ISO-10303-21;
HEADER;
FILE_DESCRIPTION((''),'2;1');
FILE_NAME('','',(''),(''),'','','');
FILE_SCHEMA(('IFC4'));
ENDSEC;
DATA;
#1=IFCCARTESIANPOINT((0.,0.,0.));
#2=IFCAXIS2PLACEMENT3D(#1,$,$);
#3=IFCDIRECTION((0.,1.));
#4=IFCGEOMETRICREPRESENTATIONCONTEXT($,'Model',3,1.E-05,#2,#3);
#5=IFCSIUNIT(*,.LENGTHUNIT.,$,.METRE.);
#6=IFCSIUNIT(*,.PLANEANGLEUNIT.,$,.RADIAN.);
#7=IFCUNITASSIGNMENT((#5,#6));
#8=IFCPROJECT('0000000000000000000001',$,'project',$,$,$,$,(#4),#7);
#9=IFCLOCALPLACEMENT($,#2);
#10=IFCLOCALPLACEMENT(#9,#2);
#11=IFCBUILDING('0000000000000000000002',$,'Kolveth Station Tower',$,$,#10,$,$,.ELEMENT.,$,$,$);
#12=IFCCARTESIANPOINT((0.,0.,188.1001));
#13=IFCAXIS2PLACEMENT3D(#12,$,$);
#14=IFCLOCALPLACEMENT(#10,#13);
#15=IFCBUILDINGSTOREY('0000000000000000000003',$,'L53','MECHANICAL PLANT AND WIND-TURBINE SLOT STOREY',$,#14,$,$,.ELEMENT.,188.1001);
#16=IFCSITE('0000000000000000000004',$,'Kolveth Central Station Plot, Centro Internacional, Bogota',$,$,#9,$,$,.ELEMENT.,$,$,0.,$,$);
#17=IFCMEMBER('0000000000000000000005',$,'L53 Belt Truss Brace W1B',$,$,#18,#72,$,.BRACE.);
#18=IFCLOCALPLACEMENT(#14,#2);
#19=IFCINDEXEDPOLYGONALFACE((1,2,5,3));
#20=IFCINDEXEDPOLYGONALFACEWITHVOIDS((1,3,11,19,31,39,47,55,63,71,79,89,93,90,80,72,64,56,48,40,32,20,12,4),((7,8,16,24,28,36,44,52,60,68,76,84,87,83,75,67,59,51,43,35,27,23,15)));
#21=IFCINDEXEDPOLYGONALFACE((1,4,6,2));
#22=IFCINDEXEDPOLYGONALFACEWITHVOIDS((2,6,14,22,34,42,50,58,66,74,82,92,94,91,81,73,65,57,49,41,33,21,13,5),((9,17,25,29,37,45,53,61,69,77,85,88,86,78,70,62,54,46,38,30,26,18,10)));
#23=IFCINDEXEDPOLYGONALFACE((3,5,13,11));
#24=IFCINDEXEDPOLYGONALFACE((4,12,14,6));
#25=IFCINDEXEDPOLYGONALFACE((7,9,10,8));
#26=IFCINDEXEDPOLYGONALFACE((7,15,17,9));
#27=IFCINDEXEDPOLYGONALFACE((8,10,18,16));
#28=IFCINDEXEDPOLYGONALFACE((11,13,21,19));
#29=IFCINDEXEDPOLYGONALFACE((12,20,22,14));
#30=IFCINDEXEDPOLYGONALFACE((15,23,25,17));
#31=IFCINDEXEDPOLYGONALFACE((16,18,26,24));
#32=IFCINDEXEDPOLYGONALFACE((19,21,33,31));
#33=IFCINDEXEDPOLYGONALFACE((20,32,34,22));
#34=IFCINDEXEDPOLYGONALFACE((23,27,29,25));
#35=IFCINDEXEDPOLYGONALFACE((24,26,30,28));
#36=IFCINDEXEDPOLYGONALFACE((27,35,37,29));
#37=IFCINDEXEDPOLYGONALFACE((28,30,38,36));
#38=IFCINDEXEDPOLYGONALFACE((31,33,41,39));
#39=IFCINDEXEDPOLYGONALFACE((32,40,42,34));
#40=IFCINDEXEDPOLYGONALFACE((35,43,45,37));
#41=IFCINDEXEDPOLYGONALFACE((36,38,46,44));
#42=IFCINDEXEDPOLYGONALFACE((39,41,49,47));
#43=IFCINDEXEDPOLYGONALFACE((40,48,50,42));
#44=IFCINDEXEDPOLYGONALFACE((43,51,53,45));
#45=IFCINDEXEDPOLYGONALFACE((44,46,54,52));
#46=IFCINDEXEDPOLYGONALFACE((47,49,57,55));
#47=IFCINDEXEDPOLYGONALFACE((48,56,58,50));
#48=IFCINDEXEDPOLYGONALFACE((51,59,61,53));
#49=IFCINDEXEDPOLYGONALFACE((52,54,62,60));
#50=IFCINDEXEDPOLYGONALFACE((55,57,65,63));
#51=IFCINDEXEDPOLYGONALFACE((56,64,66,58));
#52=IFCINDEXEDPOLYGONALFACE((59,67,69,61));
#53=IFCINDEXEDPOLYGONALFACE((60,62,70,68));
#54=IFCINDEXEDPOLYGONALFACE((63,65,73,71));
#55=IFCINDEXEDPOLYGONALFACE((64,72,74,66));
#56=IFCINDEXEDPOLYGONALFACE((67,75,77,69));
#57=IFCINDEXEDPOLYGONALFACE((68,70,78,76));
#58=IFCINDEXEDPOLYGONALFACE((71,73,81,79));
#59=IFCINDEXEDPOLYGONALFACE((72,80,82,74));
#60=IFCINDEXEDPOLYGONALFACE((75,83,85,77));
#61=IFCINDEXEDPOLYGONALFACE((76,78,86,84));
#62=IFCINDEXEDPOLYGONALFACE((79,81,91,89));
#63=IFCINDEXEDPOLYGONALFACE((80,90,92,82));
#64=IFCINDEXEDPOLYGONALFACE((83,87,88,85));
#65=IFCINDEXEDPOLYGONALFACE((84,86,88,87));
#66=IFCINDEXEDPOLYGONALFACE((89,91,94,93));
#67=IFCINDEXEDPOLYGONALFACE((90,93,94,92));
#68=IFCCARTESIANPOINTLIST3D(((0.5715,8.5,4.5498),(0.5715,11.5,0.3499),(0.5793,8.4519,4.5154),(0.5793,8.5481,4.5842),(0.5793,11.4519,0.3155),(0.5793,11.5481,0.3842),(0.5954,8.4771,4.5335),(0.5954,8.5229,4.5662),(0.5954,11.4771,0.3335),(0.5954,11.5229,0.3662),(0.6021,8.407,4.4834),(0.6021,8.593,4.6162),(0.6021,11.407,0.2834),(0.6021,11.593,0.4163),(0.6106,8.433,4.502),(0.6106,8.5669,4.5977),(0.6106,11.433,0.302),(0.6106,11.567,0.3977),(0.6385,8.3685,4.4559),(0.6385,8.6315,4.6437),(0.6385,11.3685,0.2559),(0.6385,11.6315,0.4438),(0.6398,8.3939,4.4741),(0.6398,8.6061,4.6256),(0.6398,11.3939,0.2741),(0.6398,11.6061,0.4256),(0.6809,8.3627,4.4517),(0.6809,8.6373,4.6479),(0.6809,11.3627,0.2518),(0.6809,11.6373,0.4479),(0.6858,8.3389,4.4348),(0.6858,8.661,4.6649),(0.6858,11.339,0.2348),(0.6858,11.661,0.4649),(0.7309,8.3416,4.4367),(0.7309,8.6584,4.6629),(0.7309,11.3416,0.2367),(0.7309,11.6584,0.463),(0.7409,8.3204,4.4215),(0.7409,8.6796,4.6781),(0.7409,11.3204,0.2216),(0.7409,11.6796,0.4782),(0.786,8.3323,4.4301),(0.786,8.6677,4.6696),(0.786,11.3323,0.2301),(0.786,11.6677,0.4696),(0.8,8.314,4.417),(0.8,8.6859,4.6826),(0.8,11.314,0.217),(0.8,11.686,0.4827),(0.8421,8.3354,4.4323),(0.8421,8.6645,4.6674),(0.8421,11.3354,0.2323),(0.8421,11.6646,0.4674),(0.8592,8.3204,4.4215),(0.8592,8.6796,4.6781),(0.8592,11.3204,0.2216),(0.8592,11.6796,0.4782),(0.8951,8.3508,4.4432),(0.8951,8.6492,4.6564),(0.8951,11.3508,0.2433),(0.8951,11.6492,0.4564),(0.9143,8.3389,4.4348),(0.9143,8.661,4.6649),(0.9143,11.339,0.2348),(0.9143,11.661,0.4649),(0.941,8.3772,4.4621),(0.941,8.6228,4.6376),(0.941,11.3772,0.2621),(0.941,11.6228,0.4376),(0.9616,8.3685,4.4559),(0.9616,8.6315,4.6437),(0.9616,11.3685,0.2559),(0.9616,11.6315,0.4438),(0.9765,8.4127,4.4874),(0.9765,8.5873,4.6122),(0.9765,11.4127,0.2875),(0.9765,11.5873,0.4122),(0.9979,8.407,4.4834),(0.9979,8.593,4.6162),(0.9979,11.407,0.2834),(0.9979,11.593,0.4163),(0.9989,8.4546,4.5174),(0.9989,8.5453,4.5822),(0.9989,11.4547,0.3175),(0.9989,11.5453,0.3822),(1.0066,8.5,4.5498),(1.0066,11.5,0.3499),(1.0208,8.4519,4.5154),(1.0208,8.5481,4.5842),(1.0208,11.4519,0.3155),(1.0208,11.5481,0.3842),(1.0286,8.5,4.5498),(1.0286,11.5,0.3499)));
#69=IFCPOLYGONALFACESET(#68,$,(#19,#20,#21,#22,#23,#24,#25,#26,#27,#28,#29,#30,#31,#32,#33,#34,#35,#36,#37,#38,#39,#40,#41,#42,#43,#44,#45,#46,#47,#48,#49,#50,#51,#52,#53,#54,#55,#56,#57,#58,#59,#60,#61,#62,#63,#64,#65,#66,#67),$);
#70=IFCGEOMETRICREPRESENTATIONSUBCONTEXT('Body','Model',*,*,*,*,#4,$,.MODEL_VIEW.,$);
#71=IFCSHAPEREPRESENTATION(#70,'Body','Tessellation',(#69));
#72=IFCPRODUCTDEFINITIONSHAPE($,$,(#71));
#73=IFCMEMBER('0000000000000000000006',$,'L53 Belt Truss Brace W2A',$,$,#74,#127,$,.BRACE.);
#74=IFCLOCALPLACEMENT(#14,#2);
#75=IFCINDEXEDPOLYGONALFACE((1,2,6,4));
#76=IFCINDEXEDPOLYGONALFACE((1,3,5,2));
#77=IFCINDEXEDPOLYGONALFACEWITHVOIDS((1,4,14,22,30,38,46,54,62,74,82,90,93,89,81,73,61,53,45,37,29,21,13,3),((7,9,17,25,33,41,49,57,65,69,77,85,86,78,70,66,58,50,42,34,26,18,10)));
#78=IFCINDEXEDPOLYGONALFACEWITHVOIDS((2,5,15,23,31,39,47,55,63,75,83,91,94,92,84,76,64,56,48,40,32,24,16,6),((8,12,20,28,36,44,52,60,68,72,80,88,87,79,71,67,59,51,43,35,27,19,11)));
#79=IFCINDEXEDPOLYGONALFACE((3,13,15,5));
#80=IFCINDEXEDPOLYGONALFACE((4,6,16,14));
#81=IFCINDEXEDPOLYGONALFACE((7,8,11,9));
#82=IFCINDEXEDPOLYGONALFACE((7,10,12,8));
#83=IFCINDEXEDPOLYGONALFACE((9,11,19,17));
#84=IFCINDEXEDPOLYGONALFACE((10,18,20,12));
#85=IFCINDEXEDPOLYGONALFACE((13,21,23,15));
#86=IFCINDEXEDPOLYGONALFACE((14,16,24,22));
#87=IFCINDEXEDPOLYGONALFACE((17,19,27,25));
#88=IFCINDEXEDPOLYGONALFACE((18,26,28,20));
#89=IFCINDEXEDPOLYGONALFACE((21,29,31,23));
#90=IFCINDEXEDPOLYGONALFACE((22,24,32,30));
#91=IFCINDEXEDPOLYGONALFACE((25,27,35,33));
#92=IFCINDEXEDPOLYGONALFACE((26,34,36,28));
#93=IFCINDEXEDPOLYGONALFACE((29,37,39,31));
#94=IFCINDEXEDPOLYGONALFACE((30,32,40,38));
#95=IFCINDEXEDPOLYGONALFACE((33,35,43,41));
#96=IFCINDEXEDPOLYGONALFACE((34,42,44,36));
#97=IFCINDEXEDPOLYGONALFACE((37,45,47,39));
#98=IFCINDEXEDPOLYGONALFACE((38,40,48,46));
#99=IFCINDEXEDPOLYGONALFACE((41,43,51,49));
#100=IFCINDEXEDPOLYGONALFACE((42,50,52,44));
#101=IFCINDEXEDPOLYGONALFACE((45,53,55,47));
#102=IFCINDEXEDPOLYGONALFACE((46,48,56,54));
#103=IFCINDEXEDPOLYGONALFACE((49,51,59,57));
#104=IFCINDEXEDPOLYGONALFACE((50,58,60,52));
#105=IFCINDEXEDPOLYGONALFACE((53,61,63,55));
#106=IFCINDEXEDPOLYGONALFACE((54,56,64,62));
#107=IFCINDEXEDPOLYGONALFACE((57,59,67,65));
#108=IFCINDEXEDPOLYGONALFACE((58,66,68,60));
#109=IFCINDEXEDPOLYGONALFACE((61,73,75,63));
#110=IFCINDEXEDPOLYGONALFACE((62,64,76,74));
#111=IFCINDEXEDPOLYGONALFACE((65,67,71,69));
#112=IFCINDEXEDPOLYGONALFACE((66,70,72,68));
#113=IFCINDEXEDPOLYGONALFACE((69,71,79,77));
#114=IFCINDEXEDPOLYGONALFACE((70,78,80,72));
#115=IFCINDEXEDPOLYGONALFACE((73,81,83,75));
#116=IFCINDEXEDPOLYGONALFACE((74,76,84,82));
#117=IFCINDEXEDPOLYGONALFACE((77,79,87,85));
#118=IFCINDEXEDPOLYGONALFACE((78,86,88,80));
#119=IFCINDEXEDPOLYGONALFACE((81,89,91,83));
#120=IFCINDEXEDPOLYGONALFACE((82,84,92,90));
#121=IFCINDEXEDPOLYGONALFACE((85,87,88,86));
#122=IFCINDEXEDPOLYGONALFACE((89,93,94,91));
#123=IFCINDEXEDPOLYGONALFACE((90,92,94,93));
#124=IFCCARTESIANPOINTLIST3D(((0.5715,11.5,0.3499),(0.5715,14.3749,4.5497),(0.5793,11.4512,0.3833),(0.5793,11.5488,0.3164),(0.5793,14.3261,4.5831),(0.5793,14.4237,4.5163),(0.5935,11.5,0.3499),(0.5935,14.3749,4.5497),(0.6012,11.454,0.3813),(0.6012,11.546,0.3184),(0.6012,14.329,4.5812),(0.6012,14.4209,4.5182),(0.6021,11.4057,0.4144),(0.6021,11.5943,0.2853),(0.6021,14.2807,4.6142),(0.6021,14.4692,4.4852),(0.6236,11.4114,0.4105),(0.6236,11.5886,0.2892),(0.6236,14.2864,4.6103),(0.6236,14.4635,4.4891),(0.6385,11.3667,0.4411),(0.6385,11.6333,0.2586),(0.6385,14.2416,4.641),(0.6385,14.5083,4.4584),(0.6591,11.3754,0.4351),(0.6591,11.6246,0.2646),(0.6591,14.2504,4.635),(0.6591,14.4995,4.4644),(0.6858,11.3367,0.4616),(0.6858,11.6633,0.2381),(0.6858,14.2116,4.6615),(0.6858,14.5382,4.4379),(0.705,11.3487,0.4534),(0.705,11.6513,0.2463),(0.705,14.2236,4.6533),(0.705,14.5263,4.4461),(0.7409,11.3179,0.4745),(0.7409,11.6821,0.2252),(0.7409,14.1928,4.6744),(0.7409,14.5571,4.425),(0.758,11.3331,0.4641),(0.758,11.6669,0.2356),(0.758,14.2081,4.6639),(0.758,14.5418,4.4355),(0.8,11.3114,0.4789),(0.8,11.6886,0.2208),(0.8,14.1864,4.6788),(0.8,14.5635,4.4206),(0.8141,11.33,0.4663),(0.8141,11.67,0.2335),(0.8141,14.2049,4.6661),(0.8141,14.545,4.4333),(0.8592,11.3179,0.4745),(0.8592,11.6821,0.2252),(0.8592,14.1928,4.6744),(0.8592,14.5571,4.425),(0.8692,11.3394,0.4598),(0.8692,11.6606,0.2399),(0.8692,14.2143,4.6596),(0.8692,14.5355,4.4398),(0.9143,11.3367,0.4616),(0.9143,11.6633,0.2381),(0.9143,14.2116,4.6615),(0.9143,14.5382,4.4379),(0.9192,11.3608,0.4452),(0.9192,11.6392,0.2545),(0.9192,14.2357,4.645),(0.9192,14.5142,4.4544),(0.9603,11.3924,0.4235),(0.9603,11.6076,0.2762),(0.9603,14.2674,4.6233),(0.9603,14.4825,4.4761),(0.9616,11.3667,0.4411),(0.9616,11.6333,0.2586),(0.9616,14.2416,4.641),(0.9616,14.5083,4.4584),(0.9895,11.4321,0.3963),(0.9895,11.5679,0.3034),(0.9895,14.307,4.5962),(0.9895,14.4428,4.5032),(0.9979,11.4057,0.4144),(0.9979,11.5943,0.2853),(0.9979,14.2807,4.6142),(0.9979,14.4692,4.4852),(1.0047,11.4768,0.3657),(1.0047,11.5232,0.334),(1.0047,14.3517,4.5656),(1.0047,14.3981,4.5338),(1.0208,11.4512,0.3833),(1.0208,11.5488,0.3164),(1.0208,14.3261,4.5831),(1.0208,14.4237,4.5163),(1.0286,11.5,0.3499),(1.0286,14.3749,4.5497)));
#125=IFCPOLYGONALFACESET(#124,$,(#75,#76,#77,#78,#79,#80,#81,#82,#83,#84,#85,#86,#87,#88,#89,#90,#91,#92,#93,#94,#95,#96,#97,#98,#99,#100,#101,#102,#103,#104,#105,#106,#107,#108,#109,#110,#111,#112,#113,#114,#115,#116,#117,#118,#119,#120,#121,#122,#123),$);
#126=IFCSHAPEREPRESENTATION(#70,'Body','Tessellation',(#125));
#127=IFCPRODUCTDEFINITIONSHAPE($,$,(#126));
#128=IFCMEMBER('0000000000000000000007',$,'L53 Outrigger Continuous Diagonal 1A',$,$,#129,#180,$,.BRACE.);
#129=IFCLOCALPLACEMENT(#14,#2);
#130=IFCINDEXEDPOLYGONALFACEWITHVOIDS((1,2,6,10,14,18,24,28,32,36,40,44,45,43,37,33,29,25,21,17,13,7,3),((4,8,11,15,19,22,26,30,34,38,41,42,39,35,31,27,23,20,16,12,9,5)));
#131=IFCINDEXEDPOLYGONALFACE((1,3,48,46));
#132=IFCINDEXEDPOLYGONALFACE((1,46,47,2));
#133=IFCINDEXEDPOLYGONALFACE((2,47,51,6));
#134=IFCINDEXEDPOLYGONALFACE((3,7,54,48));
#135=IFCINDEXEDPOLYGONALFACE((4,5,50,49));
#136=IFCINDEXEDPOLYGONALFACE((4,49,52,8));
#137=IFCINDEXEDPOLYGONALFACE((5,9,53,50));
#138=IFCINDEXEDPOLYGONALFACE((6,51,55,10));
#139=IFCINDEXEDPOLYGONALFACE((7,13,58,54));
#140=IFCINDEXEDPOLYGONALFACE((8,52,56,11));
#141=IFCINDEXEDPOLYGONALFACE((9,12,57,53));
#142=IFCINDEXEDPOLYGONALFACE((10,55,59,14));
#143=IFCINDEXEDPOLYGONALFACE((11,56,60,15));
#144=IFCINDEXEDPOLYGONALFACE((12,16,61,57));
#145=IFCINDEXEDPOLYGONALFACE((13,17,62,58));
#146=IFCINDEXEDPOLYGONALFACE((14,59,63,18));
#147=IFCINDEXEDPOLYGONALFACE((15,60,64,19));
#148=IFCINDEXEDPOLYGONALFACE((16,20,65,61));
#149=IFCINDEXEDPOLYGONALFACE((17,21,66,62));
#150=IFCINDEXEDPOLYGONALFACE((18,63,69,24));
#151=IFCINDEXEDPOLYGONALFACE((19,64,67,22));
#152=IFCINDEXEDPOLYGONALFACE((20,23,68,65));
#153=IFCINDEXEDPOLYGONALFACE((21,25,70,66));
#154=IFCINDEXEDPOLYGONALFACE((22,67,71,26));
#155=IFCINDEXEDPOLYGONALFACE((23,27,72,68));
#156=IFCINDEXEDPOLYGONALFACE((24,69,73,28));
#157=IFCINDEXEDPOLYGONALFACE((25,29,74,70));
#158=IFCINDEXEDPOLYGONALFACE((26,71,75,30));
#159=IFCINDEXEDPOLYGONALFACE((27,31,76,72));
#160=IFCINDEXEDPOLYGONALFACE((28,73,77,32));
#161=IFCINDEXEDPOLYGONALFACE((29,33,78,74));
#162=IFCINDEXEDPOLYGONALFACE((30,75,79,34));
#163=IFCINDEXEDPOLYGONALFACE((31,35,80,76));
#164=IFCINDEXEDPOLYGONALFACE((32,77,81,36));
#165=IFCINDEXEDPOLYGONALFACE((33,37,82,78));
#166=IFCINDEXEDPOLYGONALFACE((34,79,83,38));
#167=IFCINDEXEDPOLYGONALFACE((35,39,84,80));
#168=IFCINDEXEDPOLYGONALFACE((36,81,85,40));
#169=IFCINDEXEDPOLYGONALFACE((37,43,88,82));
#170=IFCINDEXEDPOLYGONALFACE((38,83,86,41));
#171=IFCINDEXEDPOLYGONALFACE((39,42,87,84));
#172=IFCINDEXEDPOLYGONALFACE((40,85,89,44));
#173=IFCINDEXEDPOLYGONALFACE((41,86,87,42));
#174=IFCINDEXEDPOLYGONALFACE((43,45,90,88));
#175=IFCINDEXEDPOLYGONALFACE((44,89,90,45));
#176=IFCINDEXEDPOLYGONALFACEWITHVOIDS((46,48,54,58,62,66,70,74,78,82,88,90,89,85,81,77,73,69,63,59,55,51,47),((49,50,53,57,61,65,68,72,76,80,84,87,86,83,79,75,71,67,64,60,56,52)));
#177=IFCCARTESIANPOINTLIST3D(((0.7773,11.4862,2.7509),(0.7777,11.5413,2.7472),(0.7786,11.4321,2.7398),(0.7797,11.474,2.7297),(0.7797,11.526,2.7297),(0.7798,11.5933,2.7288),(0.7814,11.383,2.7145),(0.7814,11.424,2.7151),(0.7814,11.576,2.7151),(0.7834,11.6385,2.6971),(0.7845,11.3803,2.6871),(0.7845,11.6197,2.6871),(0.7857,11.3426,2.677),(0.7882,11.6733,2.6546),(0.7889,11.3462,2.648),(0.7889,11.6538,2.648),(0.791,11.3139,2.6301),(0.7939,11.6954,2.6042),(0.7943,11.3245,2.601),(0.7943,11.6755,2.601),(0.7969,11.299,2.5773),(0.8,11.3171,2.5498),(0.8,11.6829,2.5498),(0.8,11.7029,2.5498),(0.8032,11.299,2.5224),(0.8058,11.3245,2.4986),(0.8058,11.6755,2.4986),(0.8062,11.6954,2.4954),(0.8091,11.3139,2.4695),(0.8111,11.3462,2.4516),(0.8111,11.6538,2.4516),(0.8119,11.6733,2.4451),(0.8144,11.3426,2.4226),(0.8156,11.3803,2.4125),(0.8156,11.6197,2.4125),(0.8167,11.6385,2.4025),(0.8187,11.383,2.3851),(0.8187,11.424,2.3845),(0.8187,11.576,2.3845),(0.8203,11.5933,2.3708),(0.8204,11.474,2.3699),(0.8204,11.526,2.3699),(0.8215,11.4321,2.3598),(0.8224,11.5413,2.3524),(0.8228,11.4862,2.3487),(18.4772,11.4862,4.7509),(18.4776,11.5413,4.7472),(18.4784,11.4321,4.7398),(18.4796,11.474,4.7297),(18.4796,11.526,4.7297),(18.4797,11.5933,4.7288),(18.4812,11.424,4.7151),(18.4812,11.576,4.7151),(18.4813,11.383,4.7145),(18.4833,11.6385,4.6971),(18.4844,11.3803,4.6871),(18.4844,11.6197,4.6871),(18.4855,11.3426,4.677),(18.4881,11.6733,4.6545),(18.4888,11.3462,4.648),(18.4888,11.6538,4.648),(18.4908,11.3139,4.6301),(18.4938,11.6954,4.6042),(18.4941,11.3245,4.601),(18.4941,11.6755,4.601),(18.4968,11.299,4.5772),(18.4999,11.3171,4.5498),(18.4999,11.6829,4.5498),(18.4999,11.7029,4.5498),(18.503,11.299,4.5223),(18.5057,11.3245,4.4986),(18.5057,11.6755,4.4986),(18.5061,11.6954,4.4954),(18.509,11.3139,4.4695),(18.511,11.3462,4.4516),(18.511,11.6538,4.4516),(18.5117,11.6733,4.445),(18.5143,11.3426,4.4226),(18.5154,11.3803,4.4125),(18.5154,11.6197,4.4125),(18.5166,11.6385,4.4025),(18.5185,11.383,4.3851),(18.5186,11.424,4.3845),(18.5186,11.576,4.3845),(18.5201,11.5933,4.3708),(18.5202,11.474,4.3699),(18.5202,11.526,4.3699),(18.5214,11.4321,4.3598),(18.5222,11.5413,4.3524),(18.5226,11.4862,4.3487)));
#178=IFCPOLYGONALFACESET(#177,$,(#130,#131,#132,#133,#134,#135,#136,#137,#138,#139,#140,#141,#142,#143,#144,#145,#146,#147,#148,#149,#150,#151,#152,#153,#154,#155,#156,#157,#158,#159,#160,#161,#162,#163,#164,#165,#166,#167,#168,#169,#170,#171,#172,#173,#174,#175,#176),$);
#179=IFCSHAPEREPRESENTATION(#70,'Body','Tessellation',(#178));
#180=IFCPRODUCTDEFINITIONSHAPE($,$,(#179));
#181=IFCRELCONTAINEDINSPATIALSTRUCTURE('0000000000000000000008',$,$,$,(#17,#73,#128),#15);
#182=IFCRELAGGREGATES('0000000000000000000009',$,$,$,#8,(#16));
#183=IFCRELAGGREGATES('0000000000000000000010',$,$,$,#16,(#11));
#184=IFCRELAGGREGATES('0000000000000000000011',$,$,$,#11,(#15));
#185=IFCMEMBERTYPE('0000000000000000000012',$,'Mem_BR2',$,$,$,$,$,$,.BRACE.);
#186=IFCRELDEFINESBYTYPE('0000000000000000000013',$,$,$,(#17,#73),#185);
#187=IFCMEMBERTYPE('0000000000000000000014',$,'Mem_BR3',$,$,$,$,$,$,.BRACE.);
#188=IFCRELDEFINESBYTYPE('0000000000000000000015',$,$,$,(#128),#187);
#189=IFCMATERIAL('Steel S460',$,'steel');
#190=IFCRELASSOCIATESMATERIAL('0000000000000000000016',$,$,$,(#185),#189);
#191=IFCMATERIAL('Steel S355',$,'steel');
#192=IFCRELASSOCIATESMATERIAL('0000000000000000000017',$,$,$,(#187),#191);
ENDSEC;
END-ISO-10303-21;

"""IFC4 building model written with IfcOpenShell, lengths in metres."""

from ifc_helpers import new_model, si_unit, direction, frame, origin, origin_2d, place, context, subcontext, project, spatial, hollow_circle, extrude, source, transform, mapped, material, material_profile, profile_set, type_object, element, save


model = new_model("IFC4")

# Units and contexts
model_context = context("Model", 3, precision=1e-05, world=origin(), true_north=direction((0.0, 1.0)))
body_context = subcontext(model_context, "Body", "Model", "MODEL_VIEW")
ifc_project = project(units=[si_unit("LENGTHUNIT", "METRE"), si_unit("PLANEANGLEUNIT", "RADIAN")], contexts=[model_context])

# Site, building, storey
site_placement = place(None, origin())
site = spatial("IfcSite", under=ifc_project, at=site_placement, Name="Kolveth Central Station Plot, Centro Internacional, Bogota", CompositionType="ELEMENT", RefElevation=0.0)
building_placement = place(site_placement, origin())
building = spatial("IfcBuilding", under=site, at=building_placement, Name="Kolveth Station Tower", CompositionType="ELEMENT")
storey_placement = place(building_placement, frame((0.0, 0.0, 188.1001)))
storey = spatial("IfcBuildingStorey", under=building, at=storey_placement, Name="L53", Description="MECHANICAL PLANT AND WIND-TURBINE SLOT STOREY", CompositionType="ELEMENT", Elevation=188.1001)

# Shared definitions
ifc_material_1 = material(Name="Steel S355", Category="steel")

# Members
ifc_material_2 = material(Name="Steel S460", Category="steel")
ifc_material_profile_1 = material_profile(ifc_material_2, hollow_circle(Radius=0.2285, WallThickness=0.022, at=origin_2d()), Name="CHS457x22")
ifc_profile_set_1 = profile_set([ifc_material_profile_1], Name="Steel S460")
member_type_1 = type_object("IfcMemberType", Name="Mem_BR2", PredefinedType="BRACE", material=ifc_profile_set_1)
shared_shape_1 = source(origin(), body_context, "Body", "SweptSolid", [
    extrude(hollow_circle(Radius=0.2285, WallThickness=0.022, at=origin_2d()), origin(), (0.0, 0.0, 1.0), 5.1614),
])
for number, where, z_axis, x_axis, name in (
    (1, (0.8, 11.5, 0.3499), (0.0, -0.581243, 0.81373), (1.0, 0.0, 0.0), "L53 Belt Truss Brace W1B"),
):
    element("IfcMember", number, at=place(storey_placement, frame(where, z_axis=z_axis, x_axis=x_axis)), inside=storey, type_object=member_type_1, Name=name, PredefinedType="BRACE", context=body_context, shape_type="MappedRepresentation", body=[
        mapped(shared_shape_1, transform((0.0, 0.0, 0.0), x_axis=(1.0, 0.0, 0.0), y_axis=(0.0, 1.0, 0.0), z_axis=(0.0, 0.0, 1.0), scale=1.0)),
    ])
shared_shape_2 = source(origin(), body_context, "Body", "SweptSolid", [
    extrude(hollow_circle(Radius=0.2285, WallThickness=0.022, at=origin_2d()), origin(), (0.0, 0.0, 1.0), 5.0896),
])
member_1_placement = place(storey_placement, frame((0.8, 11.5, 0.3499), z_axis=(0.0, 0.564864, 0.825184), x_axis=(-1.0, 0.0, 0.0)))
element("IfcMember", 2, at=member_1_placement, inside=storey, type_object=member_type_1, Name="L53 Belt Truss Brace W2A", PredefinedType="BRACE", context=body_context, shape_type="MappedRepresentation", body=[
    mapped(shared_shape_2, transform((0.0, 0.0, 0.0), x_axis=(1.0, 0.0, 0.0), y_axis=(0.0, 1.0, 0.0), z_axis=(0.0, 0.0, 1.0), scale=1.0)),
])
ifc_material_profile_2 = material_profile(ifc_material_1, hollow_circle(Radius=0.2029, WallThickness=0.02, at=origin_2d()), Name="CHS406x20")
ifc_profile_set_2 = profile_set([ifc_material_profile_2], Name="Steel S355")
member_type_2 = type_object("IfcMemberType", Name="Mem_BR3", PredefinedType="BRACE", material=ifc_profile_set_2)
shared_shape_3 = source(origin(), body_context, "Body", "SweptSolid", [
    extrude(hollow_circle(Radius=0.2029, WallThickness=0.02, at=origin_2d()), origin(), (0.0, 0.0, 1.0), 17.8125),
])
member_2_placement = place(storey_placement, frame((0.8, 11.5, 2.5498), z_axis=(0.993677, 0.0, 0.11228), x_axis=(0.0, 1.0, 0.0)))
element("IfcMember", 3, at=member_2_placement, inside=storey, type_object=member_type_2, Name="L53 Outrigger Continuous Diagonal 1A", PredefinedType="BRACE", context=body_context, shape_type="MappedRepresentation", body=[
    mapped(shared_shape_3, transform((0.0, 0.0, 0.0), x_axis=(1.0, 0.0, 0.0), y_axis=(0.0, 1.0, 0.0), z_axis=(0.0, 0.0, 1.0), scale=1.0)),
])

save(model, "model.ifc")
